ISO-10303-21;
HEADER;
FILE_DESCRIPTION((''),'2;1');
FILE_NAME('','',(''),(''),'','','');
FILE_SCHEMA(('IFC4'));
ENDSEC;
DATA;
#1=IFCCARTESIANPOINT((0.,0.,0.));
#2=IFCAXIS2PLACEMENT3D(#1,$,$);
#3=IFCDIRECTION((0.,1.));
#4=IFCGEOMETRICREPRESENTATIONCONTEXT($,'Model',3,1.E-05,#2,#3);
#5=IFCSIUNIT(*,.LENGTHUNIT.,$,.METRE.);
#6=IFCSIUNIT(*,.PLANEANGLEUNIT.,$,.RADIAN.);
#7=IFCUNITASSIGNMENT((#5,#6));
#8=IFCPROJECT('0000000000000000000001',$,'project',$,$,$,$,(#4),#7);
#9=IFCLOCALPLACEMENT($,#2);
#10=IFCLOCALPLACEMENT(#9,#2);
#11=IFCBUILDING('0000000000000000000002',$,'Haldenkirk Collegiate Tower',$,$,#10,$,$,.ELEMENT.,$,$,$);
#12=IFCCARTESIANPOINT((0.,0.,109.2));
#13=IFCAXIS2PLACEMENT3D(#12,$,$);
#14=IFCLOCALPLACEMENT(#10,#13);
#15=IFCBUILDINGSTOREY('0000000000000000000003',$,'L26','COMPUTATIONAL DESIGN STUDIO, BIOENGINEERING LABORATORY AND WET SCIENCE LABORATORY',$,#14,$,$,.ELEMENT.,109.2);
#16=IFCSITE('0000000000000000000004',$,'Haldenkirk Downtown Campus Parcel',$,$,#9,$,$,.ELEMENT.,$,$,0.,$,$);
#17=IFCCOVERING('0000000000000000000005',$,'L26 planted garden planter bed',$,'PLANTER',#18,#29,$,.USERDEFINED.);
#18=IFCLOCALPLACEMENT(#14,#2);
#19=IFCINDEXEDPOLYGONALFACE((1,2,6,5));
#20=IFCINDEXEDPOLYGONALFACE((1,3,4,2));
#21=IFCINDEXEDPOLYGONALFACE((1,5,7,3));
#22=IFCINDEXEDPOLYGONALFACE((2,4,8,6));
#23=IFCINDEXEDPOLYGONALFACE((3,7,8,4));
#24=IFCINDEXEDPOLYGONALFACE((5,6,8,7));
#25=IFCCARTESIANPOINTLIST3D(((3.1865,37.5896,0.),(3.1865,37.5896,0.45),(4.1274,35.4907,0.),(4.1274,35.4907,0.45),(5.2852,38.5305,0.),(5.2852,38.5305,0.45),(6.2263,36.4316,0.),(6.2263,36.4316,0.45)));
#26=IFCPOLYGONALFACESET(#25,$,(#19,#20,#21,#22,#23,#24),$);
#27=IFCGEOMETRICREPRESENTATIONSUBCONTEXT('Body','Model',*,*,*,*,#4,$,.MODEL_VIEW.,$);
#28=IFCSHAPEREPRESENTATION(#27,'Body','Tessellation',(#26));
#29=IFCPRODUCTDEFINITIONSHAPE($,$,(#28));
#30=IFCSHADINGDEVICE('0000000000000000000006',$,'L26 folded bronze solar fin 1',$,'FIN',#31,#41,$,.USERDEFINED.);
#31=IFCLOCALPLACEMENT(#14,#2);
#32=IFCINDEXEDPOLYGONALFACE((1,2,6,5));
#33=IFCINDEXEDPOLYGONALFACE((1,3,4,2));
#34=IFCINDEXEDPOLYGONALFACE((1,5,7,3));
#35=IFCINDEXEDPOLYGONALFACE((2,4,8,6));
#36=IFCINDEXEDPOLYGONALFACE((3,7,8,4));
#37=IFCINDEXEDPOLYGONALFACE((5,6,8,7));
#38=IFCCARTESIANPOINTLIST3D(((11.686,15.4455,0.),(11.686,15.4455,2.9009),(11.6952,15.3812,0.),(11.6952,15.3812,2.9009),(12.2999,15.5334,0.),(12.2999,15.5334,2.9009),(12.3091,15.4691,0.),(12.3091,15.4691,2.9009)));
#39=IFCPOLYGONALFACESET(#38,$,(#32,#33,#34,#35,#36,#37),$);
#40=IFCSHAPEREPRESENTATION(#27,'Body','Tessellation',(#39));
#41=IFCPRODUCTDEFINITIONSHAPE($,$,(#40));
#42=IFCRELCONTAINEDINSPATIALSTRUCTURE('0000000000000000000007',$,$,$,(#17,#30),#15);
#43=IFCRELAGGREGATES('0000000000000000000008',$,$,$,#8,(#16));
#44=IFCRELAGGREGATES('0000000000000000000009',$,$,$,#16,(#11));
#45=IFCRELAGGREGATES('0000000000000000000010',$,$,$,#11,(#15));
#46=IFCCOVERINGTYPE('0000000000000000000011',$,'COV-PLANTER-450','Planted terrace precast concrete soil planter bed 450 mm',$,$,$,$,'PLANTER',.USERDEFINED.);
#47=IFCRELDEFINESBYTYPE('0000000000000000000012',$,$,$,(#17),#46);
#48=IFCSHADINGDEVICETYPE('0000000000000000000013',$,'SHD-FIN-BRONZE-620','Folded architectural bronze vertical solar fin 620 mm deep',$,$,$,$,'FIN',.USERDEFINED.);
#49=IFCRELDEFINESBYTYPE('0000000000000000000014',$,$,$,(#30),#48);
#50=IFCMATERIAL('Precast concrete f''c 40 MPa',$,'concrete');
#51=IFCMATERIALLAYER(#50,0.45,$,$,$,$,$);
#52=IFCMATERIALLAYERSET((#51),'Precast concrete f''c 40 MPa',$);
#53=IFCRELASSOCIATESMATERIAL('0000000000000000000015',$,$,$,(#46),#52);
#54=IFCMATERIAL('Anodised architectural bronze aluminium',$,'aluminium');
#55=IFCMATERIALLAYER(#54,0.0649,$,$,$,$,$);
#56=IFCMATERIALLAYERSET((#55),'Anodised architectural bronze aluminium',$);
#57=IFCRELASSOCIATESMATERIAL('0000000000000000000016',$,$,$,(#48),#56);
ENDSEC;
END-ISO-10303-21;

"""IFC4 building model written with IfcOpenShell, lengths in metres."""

from ifc_helpers import new_model, si_unit, direction, frame, origin, origin_2d, place, context, subcontext, project, spatial, polyline, rectangle, outline, extrude, source, transform, mapped, material, layer, layer_set, type_object, element, save


model = new_model("IFC4")

# Units and contexts
model_context = context("Model", 3, precision=1e-05, world=origin(), true_north=direction((0.0, 1.0)))
body_context = subcontext(model_context, "Body", "Model", "MODEL_VIEW")
ifc_project = project(units=[si_unit("LENGTHUNIT", "METRE"), si_unit("PLANEANGLEUNIT", "RADIAN")], contexts=[model_context])

# Site, building, storey
site_placement = place(None, origin())
site = spatial("IfcSite", under=ifc_project, at=site_placement, Name="Haldenkirk Downtown Campus Parcel", CompositionType="ELEMENT", RefElevation=0.0)
building_placement = place(site_placement, origin())
building = spatial("IfcBuilding", under=site, at=building_placement, Name="Haldenkirk Collegiate Tower", CompositionType="ELEMENT")
storey_placement = place(building_placement, frame((0.0, 0.0, 109.2)))
storey = spatial("IfcBuildingStorey", under=building, at=storey_placement, Name="L26", Description="COMPUTATIONAL DESIGN STUDIO, BIOENGINEERING LABORATORY AND WET SCIENCE LABORATORY", CompositionType="ELEMENT", Elevation=109.2)

# Shared definitions
ifc_material_1 = material(Name="Anodised architectural bronze aluminium", Category="aluminium")

# Covering
ifc_material_2 = material(Name="Precast concrete f'c 40 MPa", Category="concrete")
ifc_layer_1 = layer(ifc_material_2, 0.45)
ifc_layer_set_1 = layer_set([ifc_layer_1], Name="Precast concrete f'c 40 MPa")
covering_type_1 = type_object("IfcCoveringType", Name="COV-PLANTER-450", Description="Planted terrace precast concrete soil planter bed 450 mm", ElementType="PLANTER", PredefinedType="USERDEFINED", material=ifc_layer_set_1)
covering_1_placement = place(storey_placement, origin())
element("IfcCovering", 1, at=covering_1_placement, inside=storey, type_object=covering_type_1, Name="L26 planted garden planter bed", ObjectType="PLANTER", PredefinedType="USERDEFINED", context=body_context, shape_type="SweptSolid", body=[
    extrude(outline(polyline([(4.1274, 35.4907), (3.1865, 37.5896), (5.2852, 38.5305), (6.2263, 36.4316), (4.1274, 35.4907)])), origin(), (0.0, 0.0, 1.0), 0.45),
])

# Shading device
ifc_layer_2 = layer(ifc_material_1, 0.0649)
ifc_layer_set_2 = layer_set([ifc_layer_2], Name="Anodised architectural bronze aluminium")
shading_device_type = type_object("IfcShadingDeviceType", Name="SHD-FIN-BRONZE-620", Description="Folded architectural bronze vertical solar fin 620 mm deep", ElementType="FIN", PredefinedType="USERDEFINED", material=ifc_layer_set_2)
shared_shape_1 = source(origin(), body_context, "Body", "SweptSolid", [
    extrude(rectangle(XDim=0.6201, YDim=0.0649, at=origin_2d()), origin(), (0.0, 0.0, 1.0), 2.9009),
])
shading_device_placement = place(storey_placement, frame((11.9976, 15.4573, 0.0), z_axis=(0.0, 0.0, 1.0), x_axis=(-0.9899, -0.141765, 0.0)))
element("IfcShadingDevice", 2, at=shading_device_placement, inside=storey, type_object=shading_device_type, Name="L26 folded bronze solar fin 1", ObjectType="FIN", PredefinedType="USERDEFINED", context=body_context, shape_type="MappedRepresentation", body=[
    mapped(shared_shape_1, transform((0.0, 0.0, 0.0), x_axis=(1.0, 0.0, 0.0), y_axis=(0.0, 1.0, 0.0), z_axis=(0.0, 0.0, 1.0), scale=1.0)),
])

save(model, "model.ifc")
